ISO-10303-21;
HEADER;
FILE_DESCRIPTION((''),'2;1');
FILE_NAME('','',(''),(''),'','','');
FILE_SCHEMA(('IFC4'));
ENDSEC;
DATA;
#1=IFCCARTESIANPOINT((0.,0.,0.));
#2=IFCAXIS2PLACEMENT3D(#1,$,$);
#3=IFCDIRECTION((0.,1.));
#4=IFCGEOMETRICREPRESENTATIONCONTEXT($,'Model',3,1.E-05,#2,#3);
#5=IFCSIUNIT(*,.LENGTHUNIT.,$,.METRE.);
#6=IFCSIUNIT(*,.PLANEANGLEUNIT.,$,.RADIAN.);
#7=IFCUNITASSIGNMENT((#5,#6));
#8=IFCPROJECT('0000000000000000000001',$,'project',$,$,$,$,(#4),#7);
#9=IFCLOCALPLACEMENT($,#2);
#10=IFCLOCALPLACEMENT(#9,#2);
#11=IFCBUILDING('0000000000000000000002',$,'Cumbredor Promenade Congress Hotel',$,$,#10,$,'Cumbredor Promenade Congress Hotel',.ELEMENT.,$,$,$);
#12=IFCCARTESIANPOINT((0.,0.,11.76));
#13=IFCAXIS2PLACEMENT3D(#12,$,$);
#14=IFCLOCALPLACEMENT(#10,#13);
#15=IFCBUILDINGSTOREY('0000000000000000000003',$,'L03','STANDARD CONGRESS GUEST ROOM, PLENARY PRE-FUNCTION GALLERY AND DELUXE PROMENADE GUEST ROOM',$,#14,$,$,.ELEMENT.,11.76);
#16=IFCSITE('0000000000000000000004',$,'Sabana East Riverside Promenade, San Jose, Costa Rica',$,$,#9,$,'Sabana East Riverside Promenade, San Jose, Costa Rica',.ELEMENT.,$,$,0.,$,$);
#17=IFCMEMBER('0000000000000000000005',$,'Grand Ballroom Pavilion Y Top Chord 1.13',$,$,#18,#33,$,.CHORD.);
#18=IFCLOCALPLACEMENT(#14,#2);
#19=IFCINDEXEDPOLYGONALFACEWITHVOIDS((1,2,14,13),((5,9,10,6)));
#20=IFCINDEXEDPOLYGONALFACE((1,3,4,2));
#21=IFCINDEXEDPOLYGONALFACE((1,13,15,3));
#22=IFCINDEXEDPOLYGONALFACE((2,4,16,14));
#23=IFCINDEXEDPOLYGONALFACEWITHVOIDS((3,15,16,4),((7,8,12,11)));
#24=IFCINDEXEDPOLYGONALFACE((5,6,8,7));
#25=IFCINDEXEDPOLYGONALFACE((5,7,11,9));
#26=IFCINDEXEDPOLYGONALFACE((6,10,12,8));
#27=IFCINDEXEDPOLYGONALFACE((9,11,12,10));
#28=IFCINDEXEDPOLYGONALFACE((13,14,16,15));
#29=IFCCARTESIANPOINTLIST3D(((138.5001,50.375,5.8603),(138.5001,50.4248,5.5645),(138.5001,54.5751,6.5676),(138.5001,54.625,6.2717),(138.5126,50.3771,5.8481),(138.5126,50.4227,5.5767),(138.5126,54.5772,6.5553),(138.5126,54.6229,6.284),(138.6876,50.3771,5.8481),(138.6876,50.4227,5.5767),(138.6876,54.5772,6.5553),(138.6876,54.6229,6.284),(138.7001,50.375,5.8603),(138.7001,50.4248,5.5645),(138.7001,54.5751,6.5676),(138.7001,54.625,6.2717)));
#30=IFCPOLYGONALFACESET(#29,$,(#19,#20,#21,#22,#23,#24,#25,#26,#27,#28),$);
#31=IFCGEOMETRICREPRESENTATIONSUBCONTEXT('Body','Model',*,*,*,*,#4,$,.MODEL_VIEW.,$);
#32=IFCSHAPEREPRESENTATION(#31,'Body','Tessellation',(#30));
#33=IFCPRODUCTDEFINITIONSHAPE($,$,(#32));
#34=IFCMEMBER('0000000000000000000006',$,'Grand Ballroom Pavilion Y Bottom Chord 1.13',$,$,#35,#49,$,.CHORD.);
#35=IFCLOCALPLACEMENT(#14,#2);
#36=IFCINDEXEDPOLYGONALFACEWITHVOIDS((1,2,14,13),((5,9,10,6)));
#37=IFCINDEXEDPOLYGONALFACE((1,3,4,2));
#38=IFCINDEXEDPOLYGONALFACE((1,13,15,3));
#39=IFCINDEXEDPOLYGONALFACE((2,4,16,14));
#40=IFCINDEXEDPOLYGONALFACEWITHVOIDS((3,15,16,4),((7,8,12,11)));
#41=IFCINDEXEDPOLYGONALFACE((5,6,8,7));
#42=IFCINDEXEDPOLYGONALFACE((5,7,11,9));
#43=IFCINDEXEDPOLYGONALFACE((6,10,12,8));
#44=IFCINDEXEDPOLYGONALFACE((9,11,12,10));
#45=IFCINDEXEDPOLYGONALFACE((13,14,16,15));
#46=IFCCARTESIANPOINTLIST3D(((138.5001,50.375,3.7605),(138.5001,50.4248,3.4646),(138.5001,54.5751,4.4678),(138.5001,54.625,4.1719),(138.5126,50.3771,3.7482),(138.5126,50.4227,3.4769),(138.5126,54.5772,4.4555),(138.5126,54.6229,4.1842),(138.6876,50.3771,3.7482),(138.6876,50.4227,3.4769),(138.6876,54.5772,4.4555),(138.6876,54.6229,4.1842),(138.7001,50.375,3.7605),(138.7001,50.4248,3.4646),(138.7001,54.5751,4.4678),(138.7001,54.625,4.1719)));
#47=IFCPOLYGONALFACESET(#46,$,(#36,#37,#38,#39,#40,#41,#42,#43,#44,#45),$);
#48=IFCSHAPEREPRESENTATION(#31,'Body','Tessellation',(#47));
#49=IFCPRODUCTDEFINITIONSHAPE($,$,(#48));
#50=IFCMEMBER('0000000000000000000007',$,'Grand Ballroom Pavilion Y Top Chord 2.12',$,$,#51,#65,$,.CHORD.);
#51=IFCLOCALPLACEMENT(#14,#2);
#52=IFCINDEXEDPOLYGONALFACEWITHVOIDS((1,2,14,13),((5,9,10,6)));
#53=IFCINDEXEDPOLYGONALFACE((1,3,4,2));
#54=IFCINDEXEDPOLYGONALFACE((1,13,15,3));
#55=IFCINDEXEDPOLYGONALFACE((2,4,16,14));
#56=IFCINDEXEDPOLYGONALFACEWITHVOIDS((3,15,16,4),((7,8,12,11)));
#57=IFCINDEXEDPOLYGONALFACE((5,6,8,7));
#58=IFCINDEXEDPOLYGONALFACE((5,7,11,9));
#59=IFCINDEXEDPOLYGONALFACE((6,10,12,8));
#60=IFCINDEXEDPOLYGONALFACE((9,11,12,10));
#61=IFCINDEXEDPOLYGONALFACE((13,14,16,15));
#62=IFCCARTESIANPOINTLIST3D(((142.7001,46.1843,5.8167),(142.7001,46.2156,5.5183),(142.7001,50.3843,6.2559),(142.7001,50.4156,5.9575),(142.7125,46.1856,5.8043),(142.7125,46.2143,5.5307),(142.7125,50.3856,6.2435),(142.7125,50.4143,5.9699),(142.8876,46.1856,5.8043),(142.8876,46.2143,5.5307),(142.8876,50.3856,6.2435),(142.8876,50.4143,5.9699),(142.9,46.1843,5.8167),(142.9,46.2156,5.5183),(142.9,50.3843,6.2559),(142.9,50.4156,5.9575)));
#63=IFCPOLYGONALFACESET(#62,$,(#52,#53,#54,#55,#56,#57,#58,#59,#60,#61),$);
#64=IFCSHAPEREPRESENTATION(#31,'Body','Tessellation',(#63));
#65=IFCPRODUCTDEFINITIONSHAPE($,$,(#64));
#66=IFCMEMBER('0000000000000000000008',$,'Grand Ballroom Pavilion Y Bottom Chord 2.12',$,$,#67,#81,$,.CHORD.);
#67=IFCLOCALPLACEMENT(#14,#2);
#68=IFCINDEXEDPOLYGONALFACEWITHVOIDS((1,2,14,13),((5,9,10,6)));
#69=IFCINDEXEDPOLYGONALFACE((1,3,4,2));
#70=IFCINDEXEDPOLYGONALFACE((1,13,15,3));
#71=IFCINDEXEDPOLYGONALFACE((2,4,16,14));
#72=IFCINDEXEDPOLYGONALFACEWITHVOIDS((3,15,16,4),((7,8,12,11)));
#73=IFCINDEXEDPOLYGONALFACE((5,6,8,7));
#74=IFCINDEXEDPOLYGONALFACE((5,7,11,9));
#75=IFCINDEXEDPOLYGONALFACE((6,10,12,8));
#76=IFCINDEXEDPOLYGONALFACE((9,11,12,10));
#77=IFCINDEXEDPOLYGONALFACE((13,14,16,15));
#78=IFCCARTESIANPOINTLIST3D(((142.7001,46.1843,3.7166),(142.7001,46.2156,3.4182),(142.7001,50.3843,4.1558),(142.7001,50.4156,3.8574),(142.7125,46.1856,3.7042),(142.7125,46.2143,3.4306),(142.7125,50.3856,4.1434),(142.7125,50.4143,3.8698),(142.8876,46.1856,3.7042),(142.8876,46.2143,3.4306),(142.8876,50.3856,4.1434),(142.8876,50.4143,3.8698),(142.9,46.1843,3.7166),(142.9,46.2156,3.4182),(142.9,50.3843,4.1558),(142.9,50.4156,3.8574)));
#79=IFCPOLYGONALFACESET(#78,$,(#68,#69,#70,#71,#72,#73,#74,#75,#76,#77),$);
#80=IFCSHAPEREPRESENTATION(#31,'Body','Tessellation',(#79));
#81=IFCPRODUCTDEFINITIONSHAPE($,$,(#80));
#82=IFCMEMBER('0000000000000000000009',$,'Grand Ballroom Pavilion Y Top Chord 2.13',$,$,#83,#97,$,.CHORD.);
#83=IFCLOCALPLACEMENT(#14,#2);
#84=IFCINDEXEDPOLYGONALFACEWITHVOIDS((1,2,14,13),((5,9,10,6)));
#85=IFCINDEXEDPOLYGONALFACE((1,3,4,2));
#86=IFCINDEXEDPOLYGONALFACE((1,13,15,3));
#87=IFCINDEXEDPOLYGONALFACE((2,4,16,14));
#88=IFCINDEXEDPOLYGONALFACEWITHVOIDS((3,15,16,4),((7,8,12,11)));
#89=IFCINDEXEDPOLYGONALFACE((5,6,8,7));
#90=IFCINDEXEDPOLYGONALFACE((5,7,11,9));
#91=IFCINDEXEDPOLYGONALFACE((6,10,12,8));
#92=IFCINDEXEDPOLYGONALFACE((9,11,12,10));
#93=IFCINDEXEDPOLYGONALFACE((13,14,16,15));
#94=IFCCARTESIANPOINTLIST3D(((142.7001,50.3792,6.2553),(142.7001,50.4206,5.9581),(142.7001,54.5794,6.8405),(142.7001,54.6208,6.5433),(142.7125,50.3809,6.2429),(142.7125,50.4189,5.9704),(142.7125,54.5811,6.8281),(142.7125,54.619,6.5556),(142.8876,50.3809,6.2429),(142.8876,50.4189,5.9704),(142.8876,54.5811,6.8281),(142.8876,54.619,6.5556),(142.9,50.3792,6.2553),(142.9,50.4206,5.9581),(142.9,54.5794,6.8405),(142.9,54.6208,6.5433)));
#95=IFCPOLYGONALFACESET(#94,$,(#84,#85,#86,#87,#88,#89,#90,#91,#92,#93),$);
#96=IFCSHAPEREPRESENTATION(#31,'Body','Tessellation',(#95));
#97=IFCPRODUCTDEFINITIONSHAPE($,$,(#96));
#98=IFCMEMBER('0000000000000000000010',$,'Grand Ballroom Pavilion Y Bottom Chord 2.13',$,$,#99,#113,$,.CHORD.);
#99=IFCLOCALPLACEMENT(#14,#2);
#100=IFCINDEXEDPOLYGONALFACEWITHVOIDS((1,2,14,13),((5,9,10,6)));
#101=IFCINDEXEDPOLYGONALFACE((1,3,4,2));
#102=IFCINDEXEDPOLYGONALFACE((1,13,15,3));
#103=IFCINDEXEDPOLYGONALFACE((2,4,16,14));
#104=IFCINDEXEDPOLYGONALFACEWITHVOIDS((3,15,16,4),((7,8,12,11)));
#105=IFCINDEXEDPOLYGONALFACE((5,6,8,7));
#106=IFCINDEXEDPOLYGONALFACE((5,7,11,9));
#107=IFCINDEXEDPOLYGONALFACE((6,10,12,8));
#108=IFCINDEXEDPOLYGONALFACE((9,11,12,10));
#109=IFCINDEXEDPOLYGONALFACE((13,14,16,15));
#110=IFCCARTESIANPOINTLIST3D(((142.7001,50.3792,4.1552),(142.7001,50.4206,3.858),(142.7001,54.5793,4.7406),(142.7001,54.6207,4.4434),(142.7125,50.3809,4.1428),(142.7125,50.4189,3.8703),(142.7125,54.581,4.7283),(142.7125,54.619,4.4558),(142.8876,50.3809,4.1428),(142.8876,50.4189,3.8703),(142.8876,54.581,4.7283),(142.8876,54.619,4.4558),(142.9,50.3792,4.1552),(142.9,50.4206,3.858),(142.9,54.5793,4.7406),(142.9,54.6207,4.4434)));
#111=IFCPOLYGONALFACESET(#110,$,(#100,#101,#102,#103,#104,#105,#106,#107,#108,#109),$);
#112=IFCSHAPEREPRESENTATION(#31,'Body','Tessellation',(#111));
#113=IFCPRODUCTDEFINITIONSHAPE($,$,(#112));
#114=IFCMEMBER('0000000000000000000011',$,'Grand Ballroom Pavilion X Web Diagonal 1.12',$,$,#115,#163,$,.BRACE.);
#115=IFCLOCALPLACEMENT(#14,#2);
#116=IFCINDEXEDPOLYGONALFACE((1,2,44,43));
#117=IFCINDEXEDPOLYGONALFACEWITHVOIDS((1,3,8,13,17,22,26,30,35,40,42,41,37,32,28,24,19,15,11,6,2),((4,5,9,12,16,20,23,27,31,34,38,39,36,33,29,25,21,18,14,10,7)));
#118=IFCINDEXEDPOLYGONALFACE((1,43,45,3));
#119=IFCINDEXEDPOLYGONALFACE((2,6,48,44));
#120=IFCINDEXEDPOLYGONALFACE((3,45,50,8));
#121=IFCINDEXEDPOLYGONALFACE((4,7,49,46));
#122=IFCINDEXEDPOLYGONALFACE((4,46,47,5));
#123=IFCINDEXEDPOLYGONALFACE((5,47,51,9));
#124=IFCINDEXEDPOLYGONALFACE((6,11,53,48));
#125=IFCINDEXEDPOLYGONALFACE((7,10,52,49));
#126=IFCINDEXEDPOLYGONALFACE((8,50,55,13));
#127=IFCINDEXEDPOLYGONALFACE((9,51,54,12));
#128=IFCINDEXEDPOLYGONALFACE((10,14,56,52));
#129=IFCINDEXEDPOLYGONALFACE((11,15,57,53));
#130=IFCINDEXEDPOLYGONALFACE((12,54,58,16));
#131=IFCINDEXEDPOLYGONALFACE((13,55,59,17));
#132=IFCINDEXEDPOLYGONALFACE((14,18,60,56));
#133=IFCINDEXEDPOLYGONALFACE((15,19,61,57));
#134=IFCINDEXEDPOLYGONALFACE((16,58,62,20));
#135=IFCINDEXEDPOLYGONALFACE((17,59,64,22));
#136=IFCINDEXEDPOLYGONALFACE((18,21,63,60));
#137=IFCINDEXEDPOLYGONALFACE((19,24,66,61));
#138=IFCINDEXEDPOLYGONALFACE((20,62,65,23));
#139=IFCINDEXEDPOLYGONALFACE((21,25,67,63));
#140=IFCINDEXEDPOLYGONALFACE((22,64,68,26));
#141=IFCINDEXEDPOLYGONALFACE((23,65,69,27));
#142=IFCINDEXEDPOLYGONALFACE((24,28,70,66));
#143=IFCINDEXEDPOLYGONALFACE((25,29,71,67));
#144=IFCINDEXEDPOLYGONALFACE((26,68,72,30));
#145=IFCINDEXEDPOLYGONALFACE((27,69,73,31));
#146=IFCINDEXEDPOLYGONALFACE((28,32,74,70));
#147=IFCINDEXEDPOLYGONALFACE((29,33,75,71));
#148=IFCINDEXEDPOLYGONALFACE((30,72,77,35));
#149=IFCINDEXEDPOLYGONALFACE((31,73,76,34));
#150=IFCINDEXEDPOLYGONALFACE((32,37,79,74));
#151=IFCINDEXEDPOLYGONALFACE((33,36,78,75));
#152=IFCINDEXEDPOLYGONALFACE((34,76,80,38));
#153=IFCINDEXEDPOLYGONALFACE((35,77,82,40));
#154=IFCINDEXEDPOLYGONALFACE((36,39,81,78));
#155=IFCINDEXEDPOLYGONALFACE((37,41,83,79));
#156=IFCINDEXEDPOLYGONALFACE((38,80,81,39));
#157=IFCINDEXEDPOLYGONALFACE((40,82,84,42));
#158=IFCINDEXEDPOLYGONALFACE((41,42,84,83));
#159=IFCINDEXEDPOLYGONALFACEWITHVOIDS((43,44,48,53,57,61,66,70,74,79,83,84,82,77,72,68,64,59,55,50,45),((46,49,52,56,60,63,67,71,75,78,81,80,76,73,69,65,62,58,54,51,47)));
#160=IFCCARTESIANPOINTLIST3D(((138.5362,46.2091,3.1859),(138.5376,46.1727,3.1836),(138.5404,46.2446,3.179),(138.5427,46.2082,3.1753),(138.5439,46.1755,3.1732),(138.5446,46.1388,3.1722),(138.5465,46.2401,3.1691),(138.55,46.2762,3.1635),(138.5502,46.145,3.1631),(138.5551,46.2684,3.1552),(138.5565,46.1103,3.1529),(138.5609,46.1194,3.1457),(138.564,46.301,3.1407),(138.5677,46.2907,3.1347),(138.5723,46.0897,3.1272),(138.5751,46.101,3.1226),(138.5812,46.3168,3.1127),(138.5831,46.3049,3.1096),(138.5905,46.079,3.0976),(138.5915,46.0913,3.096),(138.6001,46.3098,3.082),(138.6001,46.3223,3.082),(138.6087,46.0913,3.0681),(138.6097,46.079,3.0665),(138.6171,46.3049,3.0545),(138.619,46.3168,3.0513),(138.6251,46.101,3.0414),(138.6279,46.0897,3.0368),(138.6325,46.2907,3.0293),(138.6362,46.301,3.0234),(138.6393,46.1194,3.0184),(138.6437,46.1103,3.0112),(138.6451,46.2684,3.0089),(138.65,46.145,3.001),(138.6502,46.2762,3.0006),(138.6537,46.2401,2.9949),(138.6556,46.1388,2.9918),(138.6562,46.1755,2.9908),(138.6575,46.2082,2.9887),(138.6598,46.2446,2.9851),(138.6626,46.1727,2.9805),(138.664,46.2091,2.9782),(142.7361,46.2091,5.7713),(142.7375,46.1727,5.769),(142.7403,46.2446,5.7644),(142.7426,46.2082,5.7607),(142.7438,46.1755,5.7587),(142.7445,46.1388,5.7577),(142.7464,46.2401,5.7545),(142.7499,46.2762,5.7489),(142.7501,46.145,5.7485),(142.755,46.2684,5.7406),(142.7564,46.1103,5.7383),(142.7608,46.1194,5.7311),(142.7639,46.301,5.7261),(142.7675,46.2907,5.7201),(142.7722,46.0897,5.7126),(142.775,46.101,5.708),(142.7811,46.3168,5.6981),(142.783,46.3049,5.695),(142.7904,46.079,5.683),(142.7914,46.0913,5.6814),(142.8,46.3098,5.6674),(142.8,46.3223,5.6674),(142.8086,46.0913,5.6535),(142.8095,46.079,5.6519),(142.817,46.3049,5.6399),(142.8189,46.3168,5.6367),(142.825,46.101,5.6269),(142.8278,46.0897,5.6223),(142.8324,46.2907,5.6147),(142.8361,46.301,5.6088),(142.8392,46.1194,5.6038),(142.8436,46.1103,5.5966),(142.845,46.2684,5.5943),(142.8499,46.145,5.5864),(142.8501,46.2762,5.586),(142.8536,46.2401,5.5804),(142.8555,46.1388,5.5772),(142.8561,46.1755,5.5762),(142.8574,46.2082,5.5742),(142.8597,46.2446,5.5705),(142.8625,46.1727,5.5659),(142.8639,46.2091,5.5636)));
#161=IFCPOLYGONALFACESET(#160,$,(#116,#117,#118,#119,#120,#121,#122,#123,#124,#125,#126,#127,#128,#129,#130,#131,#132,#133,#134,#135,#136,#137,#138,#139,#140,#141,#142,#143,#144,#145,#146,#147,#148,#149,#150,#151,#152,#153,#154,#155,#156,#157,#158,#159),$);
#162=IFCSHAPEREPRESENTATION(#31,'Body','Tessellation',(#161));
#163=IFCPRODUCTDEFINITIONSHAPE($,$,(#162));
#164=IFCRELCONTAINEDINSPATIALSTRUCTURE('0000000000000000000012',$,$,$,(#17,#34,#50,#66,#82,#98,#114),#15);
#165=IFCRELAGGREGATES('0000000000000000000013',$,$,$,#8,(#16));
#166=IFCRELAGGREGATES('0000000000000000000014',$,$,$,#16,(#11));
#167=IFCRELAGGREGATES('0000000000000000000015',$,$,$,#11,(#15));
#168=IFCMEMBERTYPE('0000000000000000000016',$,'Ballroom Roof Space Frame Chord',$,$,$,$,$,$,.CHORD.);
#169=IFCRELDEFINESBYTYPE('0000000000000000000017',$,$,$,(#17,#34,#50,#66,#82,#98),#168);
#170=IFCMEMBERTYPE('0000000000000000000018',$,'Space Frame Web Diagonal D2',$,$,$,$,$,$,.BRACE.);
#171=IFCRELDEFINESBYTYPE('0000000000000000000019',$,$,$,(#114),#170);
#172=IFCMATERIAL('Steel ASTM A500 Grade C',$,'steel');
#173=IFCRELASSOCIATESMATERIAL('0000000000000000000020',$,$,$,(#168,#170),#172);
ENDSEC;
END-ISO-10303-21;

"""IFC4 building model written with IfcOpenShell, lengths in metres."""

from ifc_helpers import new_model, si_unit, direction, frame, origin, origin_2d, place, context, subcontext, project, spatial, hollow_rectangle, hollow_circle, extrude, material, material_profile, profile_set, type_object, element, save


model = new_model("IFC4")

# Units and contexts
model_context = context("Model", 3, precision=1e-05, world=origin(), true_north=direction((0.0, 1.0)))
body_context = subcontext(model_context, "Body", "Model", "MODEL_VIEW")
ifc_project = project(units=[si_unit("LENGTHUNIT", "METRE"), si_unit("PLANEANGLEUNIT", "RADIAN")], contexts=[model_context])

# Site, building, storey
site_placement = place(None, origin())
site = spatial("IfcSite", under=ifc_project, at=site_placement, Name="Sabana East Riverside Promenade, San Jose, Costa Rica", LongName="Sabana East Riverside Promenade, San Jose, Costa Rica", CompositionType="ELEMENT", RefElevation=0.0)
building_placement = place(site_placement, origin())
building = spatial("IfcBuilding", under=site, at=building_placement, Name="Cumbredor Promenade Congress Hotel", LongName="Cumbredor Promenade Congress Hotel", CompositionType="ELEMENT")
storey_placement = place(building_placement, frame((0.0, 0.0, 11.76)))
storey = spatial("IfcBuildingStorey", under=building, at=storey_placement, Name="L03", Description="STANDARD CONGRESS GUEST ROOM, PLENARY PRE-FUNCTION GALLERY AND DELUXE PROMENADE GUEST ROOM", CompositionType="ELEMENT", Elevation=11.76)

# Members
ifc_material_1 = material(Name="Steel ASTM A500 Grade C", Category="steel")
ifc_material_profile_1 = material_profile(ifc_material_1, hollow_rectangle(XDim=0.2, YDim=0.3, WallThickness=0.0125, at=origin_2d()), Name="HSS 300x200x12.5")
ifc_profile_set_1 = profile_set([ifc_material_profile_1], Name="Steel ASTM A500 Grade C")
member_type_1 = type_object("IfcMemberType", Name="Ballroom Roof Space Frame Chord", PredefinedType="CHORD", material=ifc_profile_set_1)
for number, where, z_axis, x_axis, name in (
    (1, (138.6001, 50.3999, 5.7124), (0.0, 0.986117, 0.166053), (-1.0, 0.0, 0.0), "Grand Ballroom Pavilion Y Top Chord 1.13"),
    (2, (138.6001, 50.3999, 3.6125), (0.0, 0.986117, 0.166053), (-1.0, 0.0, 0.0), "Grand Ballroom Pavilion Y Bottom Chord 1.13"),
):
    element("IfcMember", number, at=place(storey_placement, frame(where, z_axis=z_axis, x_axis=x_axis)), inside=storey, type_object=member_type_1, Name=name, PredefinedType="CHORD", context=body_context, shape_type="SweptSolid", body=[
        extrude(hollow_rectangle(XDim=0.2, YDim=0.3, WallThickness=0.0125, at=origin_2d()), origin(), (0.0, 0.0, 1.0), 4.2593),
    ])
for number, where, z_axis, x_axis, name in (
    (3, (142.8, 46.2, 5.6675), (0.0, 0.994577, 0.104008), (-1.0, 0.0, 0.0), "Grand Ballroom Pavilion Y Top Chord 2.12"),
    (4, (142.8, 46.2, 3.5674), (0.0, 0.994577, 0.104008), (-1.0, 0.0, 0.0), "Grand Ballroom Pavilion Y Bottom Chord 2.12"),
):
    element("IfcMember", number, at=place(storey_placement, frame(where, z_axis=z_axis, x_axis=x_axis)), inside=storey, type_object=member_type_1, Name=name, PredefinedType="CHORD", context=body_context, shape_type="SweptSolid", body=[
        extrude(hollow_rectangle(XDim=0.2, YDim=0.3, WallThickness=0.0125, at=origin_2d()), origin(), (0.0, 0.0, 1.0), 4.2229),
    ])
for number, where, z_axis, x_axis, name in (
    (5, (142.8, 50.3999, 6.1067), (0.0, 0.990433, 0.137995), (-1.0, 0.0, 0.0), "Grand Ballroom Pavilion Y Top Chord 2.13"),
    (6, (142.8, 50.3999, 4.0066), (0.0, 0.990425, 0.138052), (-1.0, 0.0, 0.0), "Grand Ballroom Pavilion Y Bottom Chord 2.13"),
):
    element("IfcMember", number, at=place(storey_placement, frame(where, z_axis=z_axis, x_axis=x_axis)), inside=storey, type_object=member_type_1, Name=name, PredefinedType="CHORD", context=body_context, shape_type="SweptSolid", body=[
        extrude(hollow_rectangle(XDim=0.2, YDim=0.3, WallThickness=0.0125, at=origin_2d()), origin(), (0.0, 0.0, 1.0), 4.2407),
    ])
ifc_material_profile_2 = material_profile(ifc_material_1, hollow_circle(Radius=0.1223, WallThickness=0.0125, at=origin_2d()), Name="CHS 244.5x12.5")
ifc_profile_set_2 = profile_set([ifc_material_profile_2], Name="Steel ASTM A500 Grade C")
member_type_2 = type_object("IfcMemberType", Name="Space Frame Web Diagonal D2", PredefinedType="BRACE", material=ifc_profile_set_2)
member_1_placement = place(storey_placement, frame((138.6001, 46.2, 3.082), z_axis=(0.85158, 0.0, 0.524224), x_axis=(0.0, 1.0, 0.0)))
element("IfcMember", 7, at=member_1_placement, inside=storey, type_object=member_type_2, Name="Grand Ballroom Pavilion X Web Diagonal 1.12", PredefinedType="BRACE", context=body_context, shape_type="SweptSolid", body=[
    extrude(hollow_circle(Radius=0.1223, WallThickness=0.0125, at=origin_2d()), origin(), (0.0, 0.0, 1.0), 4.9319),
])

save(model, "model.ifc")
